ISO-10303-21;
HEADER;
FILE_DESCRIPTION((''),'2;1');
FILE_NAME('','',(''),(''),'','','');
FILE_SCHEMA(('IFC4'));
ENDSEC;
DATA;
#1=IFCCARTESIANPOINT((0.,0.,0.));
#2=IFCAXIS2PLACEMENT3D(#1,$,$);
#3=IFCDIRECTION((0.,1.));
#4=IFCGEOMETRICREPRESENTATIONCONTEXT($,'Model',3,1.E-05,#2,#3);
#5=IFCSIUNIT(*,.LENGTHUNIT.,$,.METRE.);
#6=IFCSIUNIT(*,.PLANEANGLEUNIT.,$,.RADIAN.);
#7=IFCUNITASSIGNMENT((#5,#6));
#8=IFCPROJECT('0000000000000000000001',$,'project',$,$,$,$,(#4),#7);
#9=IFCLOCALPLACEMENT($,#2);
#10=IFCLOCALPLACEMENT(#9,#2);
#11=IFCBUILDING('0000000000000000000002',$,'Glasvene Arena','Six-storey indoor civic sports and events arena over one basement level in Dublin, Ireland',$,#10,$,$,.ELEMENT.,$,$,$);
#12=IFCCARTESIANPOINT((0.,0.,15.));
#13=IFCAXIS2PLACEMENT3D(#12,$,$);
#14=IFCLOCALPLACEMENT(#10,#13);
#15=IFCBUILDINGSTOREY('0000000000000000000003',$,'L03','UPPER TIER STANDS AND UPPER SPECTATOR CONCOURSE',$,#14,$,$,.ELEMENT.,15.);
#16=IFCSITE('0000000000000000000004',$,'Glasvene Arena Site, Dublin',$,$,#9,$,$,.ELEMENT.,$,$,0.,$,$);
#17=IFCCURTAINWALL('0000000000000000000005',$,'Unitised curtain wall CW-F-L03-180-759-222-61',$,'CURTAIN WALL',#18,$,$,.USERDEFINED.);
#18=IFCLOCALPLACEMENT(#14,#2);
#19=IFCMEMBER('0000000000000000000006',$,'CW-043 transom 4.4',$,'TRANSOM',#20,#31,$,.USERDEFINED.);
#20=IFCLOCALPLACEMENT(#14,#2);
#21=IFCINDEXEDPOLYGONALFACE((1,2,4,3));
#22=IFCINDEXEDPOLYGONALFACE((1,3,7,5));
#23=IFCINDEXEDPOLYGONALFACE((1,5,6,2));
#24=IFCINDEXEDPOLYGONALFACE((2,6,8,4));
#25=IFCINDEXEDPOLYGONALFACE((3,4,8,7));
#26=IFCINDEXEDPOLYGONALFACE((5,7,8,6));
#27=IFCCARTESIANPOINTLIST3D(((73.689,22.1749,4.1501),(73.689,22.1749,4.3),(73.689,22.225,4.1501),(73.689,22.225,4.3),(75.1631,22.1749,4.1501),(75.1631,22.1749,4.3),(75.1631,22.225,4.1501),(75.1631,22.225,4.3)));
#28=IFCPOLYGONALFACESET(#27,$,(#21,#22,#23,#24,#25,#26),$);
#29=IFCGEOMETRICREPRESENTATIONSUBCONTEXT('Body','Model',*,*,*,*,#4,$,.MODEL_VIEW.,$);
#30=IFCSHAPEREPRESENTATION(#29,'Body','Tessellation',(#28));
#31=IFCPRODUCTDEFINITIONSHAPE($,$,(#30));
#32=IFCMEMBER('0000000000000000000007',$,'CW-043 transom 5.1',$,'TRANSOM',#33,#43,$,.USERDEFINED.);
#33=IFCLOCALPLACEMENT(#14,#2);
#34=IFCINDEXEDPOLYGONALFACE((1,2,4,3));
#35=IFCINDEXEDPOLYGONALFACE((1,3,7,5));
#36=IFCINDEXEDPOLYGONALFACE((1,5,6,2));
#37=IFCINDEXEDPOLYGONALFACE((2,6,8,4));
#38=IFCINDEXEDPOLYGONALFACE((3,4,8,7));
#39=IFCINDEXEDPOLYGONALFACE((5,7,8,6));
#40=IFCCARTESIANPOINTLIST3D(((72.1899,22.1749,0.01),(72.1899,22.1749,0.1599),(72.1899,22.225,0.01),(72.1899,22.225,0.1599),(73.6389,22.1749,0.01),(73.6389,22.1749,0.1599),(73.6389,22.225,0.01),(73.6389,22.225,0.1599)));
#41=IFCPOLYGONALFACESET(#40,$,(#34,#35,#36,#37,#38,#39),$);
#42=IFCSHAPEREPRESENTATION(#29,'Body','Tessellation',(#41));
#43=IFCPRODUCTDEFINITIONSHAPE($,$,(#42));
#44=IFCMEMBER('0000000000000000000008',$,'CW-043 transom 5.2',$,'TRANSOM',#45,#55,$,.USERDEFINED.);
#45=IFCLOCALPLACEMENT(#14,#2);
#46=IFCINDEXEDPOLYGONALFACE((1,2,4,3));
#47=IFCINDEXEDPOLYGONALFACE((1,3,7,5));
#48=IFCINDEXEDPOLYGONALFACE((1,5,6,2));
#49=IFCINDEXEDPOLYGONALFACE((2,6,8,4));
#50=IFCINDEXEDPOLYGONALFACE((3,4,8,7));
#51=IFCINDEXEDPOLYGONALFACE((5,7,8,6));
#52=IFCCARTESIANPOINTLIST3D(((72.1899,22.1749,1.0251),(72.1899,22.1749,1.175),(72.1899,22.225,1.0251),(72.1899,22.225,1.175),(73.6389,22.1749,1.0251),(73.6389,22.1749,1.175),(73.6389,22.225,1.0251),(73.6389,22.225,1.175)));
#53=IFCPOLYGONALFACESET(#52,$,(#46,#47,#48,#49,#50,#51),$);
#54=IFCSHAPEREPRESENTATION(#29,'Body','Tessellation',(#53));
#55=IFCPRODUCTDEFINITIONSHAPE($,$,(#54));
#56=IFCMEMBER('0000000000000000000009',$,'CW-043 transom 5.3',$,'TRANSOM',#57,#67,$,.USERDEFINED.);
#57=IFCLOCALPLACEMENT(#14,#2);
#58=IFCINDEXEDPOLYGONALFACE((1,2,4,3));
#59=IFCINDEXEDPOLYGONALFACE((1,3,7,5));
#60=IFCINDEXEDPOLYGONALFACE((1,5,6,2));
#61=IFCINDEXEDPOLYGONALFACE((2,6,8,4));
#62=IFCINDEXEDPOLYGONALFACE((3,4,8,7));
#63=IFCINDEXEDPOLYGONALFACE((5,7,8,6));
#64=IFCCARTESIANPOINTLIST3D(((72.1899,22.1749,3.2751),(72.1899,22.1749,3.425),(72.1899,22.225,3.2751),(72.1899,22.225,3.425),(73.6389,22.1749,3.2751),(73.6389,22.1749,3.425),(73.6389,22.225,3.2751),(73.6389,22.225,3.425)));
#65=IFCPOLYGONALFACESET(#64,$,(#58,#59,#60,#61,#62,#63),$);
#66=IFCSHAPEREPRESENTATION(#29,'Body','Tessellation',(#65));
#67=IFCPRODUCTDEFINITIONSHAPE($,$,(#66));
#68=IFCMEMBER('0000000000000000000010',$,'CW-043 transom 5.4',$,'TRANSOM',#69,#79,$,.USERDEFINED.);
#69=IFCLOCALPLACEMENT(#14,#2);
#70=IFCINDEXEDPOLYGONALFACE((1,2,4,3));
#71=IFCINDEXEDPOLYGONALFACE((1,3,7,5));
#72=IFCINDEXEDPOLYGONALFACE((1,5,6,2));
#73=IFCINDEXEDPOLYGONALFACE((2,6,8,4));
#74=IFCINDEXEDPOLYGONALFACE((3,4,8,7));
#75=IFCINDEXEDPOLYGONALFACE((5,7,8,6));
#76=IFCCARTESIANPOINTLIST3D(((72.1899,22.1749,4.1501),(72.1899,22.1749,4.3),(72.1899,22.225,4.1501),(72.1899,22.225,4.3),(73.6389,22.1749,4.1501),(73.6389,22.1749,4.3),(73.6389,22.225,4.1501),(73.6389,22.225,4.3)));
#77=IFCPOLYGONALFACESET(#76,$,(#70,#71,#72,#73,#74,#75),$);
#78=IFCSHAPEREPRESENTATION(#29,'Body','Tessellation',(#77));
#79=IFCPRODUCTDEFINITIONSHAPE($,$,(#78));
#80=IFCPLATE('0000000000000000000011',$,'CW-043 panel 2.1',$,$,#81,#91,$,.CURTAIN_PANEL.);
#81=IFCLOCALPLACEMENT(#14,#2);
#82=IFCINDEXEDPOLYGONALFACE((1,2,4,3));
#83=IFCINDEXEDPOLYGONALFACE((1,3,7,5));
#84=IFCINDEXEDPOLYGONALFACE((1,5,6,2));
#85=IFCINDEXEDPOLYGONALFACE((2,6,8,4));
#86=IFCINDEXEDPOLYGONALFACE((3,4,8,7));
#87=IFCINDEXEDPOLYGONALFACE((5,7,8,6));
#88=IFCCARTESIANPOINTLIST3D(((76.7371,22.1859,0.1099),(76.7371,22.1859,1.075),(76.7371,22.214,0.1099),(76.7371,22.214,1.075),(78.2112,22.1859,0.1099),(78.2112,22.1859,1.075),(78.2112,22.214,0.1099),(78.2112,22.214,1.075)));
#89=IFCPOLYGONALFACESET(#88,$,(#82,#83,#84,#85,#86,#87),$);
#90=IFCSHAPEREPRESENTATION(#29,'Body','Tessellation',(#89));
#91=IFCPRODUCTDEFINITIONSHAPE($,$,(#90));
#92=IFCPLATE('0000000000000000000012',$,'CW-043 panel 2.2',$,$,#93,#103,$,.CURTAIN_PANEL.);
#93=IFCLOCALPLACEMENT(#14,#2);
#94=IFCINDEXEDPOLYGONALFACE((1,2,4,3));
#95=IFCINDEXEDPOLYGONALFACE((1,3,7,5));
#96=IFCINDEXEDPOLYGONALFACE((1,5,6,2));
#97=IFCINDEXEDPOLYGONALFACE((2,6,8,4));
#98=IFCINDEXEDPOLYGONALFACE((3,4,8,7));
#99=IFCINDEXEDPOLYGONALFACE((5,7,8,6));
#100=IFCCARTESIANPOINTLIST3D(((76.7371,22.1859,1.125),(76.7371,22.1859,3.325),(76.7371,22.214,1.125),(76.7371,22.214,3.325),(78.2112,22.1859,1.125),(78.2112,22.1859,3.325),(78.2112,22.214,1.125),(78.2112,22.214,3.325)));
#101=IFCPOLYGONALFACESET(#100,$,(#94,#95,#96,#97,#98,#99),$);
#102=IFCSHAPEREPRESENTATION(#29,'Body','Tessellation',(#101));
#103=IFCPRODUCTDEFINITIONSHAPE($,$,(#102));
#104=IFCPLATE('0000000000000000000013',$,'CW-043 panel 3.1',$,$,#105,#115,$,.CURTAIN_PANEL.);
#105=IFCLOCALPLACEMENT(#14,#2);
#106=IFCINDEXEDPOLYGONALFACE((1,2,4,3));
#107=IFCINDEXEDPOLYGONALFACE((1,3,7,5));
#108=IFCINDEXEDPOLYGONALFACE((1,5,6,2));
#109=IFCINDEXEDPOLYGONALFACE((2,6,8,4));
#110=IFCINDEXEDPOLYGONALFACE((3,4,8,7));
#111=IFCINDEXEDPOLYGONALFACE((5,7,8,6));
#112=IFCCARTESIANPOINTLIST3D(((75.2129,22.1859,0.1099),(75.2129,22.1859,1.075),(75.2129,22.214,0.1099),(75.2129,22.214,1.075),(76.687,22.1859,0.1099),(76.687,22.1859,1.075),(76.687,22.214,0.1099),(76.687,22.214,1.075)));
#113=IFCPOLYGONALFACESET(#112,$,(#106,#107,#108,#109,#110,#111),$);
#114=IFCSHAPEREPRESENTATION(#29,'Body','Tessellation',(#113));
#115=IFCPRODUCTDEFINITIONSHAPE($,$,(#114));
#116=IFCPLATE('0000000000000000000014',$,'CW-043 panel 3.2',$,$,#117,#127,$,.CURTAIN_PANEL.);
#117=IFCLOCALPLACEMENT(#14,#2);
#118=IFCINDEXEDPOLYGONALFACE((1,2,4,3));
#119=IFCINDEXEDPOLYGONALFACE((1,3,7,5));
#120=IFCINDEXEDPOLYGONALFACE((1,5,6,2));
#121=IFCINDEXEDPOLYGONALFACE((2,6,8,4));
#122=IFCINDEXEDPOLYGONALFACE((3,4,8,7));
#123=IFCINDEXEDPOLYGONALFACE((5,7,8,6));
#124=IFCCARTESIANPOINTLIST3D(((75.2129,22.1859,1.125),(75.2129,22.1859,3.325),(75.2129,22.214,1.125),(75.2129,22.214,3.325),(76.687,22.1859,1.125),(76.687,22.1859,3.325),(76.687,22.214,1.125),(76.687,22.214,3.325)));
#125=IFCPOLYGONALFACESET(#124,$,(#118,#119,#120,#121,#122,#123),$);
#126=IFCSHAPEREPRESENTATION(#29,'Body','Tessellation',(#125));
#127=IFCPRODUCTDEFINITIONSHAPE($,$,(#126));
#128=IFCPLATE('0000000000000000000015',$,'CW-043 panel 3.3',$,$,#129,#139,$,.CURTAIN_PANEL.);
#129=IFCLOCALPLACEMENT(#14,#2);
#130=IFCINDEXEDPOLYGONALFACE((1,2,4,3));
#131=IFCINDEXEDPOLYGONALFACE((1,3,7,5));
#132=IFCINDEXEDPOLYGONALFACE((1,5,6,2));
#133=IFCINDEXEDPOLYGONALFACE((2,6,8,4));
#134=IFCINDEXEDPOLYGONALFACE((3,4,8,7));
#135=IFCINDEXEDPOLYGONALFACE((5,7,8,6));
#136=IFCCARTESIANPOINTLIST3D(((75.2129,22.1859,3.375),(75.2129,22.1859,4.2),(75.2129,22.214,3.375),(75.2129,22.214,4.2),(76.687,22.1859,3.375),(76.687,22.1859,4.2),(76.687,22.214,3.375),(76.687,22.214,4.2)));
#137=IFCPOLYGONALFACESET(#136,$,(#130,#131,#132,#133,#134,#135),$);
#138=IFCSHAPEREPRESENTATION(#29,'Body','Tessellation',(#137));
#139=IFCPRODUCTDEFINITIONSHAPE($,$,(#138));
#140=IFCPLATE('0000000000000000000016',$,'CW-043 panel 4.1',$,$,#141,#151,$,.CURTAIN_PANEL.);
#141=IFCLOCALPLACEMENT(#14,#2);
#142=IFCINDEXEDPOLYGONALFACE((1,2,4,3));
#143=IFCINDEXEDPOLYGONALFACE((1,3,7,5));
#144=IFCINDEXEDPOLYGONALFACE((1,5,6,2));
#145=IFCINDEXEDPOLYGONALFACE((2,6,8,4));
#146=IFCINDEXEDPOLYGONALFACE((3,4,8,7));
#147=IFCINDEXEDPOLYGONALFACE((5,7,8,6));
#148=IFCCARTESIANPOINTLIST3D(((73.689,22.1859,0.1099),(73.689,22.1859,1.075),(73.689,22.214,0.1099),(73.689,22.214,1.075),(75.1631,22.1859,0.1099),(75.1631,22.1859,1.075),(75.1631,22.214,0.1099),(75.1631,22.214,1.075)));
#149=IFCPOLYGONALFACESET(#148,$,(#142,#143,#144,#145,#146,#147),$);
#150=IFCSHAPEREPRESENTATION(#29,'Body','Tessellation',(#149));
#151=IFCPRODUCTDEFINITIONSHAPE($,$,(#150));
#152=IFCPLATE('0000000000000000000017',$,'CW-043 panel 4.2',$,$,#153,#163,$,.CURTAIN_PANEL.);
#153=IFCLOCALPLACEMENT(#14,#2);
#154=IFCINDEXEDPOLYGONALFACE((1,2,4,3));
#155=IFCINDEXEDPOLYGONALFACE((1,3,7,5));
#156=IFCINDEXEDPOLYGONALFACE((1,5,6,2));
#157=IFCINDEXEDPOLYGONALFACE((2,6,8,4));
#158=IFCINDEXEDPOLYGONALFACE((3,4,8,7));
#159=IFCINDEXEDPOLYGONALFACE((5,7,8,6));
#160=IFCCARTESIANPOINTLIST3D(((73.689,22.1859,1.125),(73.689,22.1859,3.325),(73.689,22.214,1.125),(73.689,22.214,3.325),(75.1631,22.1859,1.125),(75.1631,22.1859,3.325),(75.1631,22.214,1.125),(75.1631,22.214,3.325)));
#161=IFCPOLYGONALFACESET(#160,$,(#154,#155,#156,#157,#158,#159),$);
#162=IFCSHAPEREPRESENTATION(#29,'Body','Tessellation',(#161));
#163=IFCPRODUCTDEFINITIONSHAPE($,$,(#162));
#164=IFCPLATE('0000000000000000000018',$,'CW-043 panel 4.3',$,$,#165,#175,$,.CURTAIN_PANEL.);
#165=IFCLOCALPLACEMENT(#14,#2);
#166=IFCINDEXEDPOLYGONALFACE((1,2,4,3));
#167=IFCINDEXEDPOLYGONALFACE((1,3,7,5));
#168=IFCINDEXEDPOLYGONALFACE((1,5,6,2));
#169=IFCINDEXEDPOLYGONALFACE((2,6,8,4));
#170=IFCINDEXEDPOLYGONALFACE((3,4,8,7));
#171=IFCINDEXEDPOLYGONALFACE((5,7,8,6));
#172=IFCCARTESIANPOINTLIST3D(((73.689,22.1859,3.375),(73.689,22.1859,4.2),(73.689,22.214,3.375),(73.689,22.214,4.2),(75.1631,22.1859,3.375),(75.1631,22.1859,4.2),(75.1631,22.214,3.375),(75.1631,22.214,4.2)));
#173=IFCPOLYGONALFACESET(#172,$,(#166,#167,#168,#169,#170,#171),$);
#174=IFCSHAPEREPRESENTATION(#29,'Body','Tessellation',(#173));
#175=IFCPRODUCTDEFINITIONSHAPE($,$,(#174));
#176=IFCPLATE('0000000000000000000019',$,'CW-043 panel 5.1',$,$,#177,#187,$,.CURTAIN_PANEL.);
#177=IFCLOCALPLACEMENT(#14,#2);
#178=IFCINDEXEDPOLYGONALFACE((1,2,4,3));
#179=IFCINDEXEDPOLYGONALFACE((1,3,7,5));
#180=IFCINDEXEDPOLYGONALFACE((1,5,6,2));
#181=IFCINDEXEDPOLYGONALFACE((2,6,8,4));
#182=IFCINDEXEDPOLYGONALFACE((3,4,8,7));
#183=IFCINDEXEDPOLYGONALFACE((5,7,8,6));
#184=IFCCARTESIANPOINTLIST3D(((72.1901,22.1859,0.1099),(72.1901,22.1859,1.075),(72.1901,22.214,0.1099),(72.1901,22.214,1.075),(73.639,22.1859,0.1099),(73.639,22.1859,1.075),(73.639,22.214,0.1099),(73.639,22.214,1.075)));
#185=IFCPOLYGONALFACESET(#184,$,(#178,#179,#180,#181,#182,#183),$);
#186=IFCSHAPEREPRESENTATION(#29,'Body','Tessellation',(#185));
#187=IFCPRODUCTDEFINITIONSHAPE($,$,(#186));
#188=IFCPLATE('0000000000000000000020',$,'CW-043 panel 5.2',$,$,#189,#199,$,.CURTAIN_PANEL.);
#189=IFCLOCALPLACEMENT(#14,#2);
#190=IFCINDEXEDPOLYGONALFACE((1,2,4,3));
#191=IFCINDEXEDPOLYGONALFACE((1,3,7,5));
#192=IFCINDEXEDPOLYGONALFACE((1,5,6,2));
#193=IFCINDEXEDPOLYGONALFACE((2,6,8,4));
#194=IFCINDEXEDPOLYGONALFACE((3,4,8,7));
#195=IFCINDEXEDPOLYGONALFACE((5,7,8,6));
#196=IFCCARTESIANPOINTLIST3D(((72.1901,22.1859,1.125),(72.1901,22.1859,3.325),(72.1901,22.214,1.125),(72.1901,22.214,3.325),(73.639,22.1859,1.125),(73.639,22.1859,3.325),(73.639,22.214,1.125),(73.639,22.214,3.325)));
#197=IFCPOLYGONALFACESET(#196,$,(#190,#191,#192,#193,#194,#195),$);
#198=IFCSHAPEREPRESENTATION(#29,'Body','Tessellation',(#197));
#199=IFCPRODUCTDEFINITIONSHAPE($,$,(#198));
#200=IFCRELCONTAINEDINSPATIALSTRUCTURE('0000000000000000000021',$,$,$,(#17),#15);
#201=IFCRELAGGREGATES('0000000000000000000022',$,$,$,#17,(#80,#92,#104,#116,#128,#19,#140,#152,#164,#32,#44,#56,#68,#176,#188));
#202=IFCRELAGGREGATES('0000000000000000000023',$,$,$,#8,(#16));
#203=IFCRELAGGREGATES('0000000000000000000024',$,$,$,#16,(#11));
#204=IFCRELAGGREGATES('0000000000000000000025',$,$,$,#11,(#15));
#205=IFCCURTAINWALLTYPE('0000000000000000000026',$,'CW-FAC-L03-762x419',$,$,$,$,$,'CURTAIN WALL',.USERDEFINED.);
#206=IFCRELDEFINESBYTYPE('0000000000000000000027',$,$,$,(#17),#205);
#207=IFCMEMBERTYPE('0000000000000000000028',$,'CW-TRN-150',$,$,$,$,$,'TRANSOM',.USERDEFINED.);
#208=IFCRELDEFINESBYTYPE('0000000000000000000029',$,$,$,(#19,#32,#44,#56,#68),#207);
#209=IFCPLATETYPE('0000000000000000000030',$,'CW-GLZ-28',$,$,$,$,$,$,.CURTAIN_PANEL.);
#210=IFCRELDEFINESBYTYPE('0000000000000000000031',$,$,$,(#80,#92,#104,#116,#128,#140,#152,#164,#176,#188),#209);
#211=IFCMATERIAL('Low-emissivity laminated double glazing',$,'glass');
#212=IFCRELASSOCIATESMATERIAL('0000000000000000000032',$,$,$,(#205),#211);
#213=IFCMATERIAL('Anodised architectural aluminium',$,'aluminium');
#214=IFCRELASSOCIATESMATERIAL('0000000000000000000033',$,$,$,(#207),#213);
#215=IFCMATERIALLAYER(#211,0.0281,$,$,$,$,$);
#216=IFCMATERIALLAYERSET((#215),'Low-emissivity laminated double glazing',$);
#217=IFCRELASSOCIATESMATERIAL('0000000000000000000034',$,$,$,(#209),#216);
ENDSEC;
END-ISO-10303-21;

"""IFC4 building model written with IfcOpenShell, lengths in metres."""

from ifc_helpers import new_model, si_unit, direction, frame, origin, origin_2d, place, context, subcontext, project, spatial, rectangle, extrude, material, layer, layer_set, material_profile, profile_set, type_object, element, aggregate, save


model = new_model("IFC4")

# Units and contexts
model_context = context("Model", 3, precision=1e-05, world=origin(), true_north=direction((0.0, 1.0)))
body_context = subcontext(model_context, "Body", "Model", "MODEL_VIEW")
ifc_project = project(units=[si_unit("LENGTHUNIT", "METRE"), si_unit("PLANEANGLEUNIT", "RADIAN")], contexts=[model_context])

# Site, building, storey
site_placement = place(None, origin())
site = spatial("IfcSite", under=ifc_project, at=site_placement, Name="Glasvene Arena Site, Dublin", CompositionType="ELEMENT", RefElevation=0.0)
building_placement = place(site_placement, origin())
building = spatial("IfcBuilding", under=site, at=building_placement, Name="Glasvene Arena", Description="Six-storey indoor civic sports and events arena over one basement level in Dublin, Ireland", CompositionType="ELEMENT")
storey_placement = place(building_placement, frame((0.0, 0.0, 15.0)))
storey = spatial("IfcBuildingStorey", under=building, at=storey_placement, Name="L03", Description="UPPER TIER STANDS AND UPPER SPECTATOR CONCOURSE", CompositionType="ELEMENT", Elevation=15.0)

# Curtain wall, members, plates
ifc_material_1 = material(Name="Low-emissivity laminated double glazing", Category="glass")
curtain_wall_type = type_object("IfcCurtainWallType", Name="CW-FAC-L03-762x419", ElementType="CURTAIN WALL", PredefinedType="USERDEFINED", material=ifc_material_1)
curtain_wall_placement = place(storey_placement, frame((79.76, 22.2, 0.0)))
curtain_wall = element("IfcCurtainWall", 1, at=curtain_wall_placement, inside=storey, type_object=curtain_wall_type, Name="Unitised curtain wall CW-F-L03-180-759-222-61", ObjectType="CURTAIN WALL", PredefinedType="USERDEFINED")
ifc_material_2 = material(Name="Anodised architectural aluminium", Category="aluminium")
ifc_material_profile_1 = material_profile(ifc_material_2, rectangle(XDim=0.05, YDim=0.1499, at=origin_2d()), Name="ALU TRANSOM 50x150")
ifc_profile_set_1 = profile_set([ifc_material_profile_1], Name="Anodised architectural aluminium")
member_type_1 = type_object("IfcMemberType", Name="CW-TRN-150", ElementType="TRANSOM", PredefinedType="USERDEFINED", material=ifc_profile_set_1)
member_1_placement = place(storey_placement, frame((75.1631, 22.2, 4.2251), z_axis=(-1.0, 0.0, 0.0), x_axis=(0.0, -1.0, 0.0)))
member_1 = element("IfcMember", 2, at=member_1_placement, type_object=member_type_1, Name="CW-043 transom 4.4", ObjectType="TRANSOM", PredefinedType="USERDEFINED", context=body_context, shape_type="SweptSolid", body=[
    extrude(rectangle(XDim=0.05, YDim=0.1499, at=origin_2d()), origin(), (0.0, 0.0, 1.0), 1.4741),
])
member_2_placement = place(storey_placement, frame((73.6389, 22.2, 0.085), z_axis=(-1.0, 0.0, 0.0), x_axis=(0.0, -1.0, 0.0)))
member_2 = element("IfcMember", 3, at=member_2_placement, type_object=member_type_1, Name="CW-043 transom 5.1", ObjectType="TRANSOM", PredefinedType="USERDEFINED", context=body_context, shape_type="SweptSolid", body=[
    extrude(rectangle(XDim=0.05, YDim=0.1499, at=origin_2d()), origin(), (0.0, 0.0, 1.0), 1.449),
])
member_3_placement = place(storey_placement, frame((73.6389, 22.2, 1.1001), z_axis=(-1.0, 0.0, 0.0), x_axis=(0.0, -1.0, 0.0)))
member_3 = element("IfcMember", 4, at=member_3_placement, type_object=member_type_1, Name="CW-043 transom 5.2", ObjectType="TRANSOM", PredefinedType="USERDEFINED", context=body_context, shape_type="SweptSolid", body=[
    extrude(rectangle(XDim=0.05, YDim=0.1499, at=origin_2d()), origin(), (0.0, 0.0, 1.0), 1.449),
])
member_4_placement = place(storey_placement, frame((73.6389, 22.2, 3.3501), z_axis=(-1.0, 0.0, 0.0), x_axis=(0.0, -1.0, 0.0)))
member_4 = element("IfcMember", 5, at=member_4_placement, type_object=member_type_1, Name="CW-043 transom 5.3", ObjectType="TRANSOM", PredefinedType="USERDEFINED", context=body_context, shape_type="SweptSolid", body=[
    extrude(rectangle(XDim=0.05, YDim=0.1499, at=origin_2d()), origin(), (0.0, 0.0, 1.0), 1.449),
])
member_5_placement = place(storey_placement, frame((73.6389, 22.2, 4.2251), z_axis=(-1.0, 0.0, 0.0), x_axis=(0.0, -1.0, 0.0)))
member_5 = element("IfcMember", 6, at=member_5_placement, type_object=member_type_1, Name="CW-043 transom 5.4", ObjectType="TRANSOM", PredefinedType="USERDEFINED", context=body_context, shape_type="SweptSolid", body=[
    extrude(rectangle(XDim=0.05, YDim=0.1499, at=origin_2d()), origin(), (0.0, 0.0, 1.0), 1.449),
])
ifc_layer_1 = layer(ifc_material_1, 0.0281)
ifc_layer_set_1 = layer_set([ifc_layer_1], Name="Low-emissivity laminated double glazing")
plate_type = type_object("IfcPlateType", Name="CW-GLZ-28", PredefinedType="CURTAIN_PANEL", material=ifc_layer_set_1)
plate_1_placement = place(storey_placement, frame((77.4741, 22.2, 0.1099), z_axis=(0.0, 0.0, 1.0), x_axis=(-1.0, 0.0, 0.0)))
plate_1 = element("IfcPlate", 7, at=plate_1_placement, type_object=plate_type, Name="CW-043 panel 2.1", PredefinedType="CURTAIN_PANEL", context=body_context, shape_type="SweptSolid", body=[
    extrude(rectangle(XDim=1.4741, YDim=0.0281, at=origin_2d()), origin(), (0.0, 0.0, 1.0), 0.9651),
])
plate_2_placement = place(storey_placement, frame((77.4741, 22.2, 1.125), z_axis=(0.0, 0.0, 1.0), x_axis=(-1.0, 0.0, 0.0)))
plate_2 = element("IfcPlate", 8, at=plate_2_placement, type_object=plate_type, Name="CW-043 panel 2.2", PredefinedType="CURTAIN_PANEL", context=body_context, shape_type="SweptSolid", body=[
    extrude(rectangle(XDim=1.4741, YDim=0.0281, at=origin_2d()), origin(), (0.0, 0.0, 1.0), 2.2),
])
plate_3_placement = place(storey_placement, frame((75.95, 22.2, 0.1099), z_axis=(0.0, 0.0, 1.0), x_axis=(-1.0, 0.0, 0.0)))
plate_3 = element("IfcPlate", 9, at=plate_3_placement, type_object=plate_type, Name="CW-043 panel 3.1", PredefinedType="CURTAIN_PANEL", context=body_context, shape_type="SweptSolid", body=[
    extrude(rectangle(XDim=1.4741, YDim=0.0281, at=origin_2d()), origin(), (0.0, 0.0, 1.0), 0.9651),
])
plate_4_placement = place(storey_placement, frame((75.95, 22.2, 1.125), z_axis=(0.0, 0.0, 1.0), x_axis=(-1.0, 0.0, 0.0)))
plate_4 = element("IfcPlate", 10, at=plate_4_placement, type_object=plate_type, Name="CW-043 panel 3.2", PredefinedType="CURTAIN_PANEL", context=body_context, shape_type="SweptSolid", body=[
    extrude(rectangle(XDim=1.4741, YDim=0.0281, at=origin_2d()), origin(), (0.0, 0.0, 1.0), 2.2),
])
plate_5_placement = place(storey_placement, frame((75.95, 22.2, 3.375), z_axis=(0.0, 0.0, 1.0), x_axis=(-1.0, 0.0, 0.0)))
plate_5 = element("IfcPlate", 11, at=plate_5_placement, type_object=plate_type, Name="CW-043 panel 3.3", PredefinedType="CURTAIN_PANEL", context=body_context, shape_type="SweptSolid", body=[
    extrude(rectangle(XDim=1.4741, YDim=0.0281, at=origin_2d()), origin(), (0.0, 0.0, 1.0), 0.825),
])
plate_6_placement = place(storey_placement, frame((74.426, 22.2, 0.1099), z_axis=(0.0, 0.0, 1.0), x_axis=(-1.0, 0.0, 0.0)))
plate_6 = element("IfcPlate", 12, at=plate_6_placement, type_object=plate_type, Name="CW-043 panel 4.1", PredefinedType="CURTAIN_PANEL", context=body_context, shape_type="SweptSolid", body=[
    extrude(rectangle(XDim=1.4741, YDim=0.0281, at=origin_2d()), origin(), (0.0, 0.0, 1.0), 0.9651),
])
plate_7_placement = place(storey_placement, frame((74.426, 22.2, 1.125), z_axis=(0.0, 0.0, 1.0), x_axis=(-1.0, 0.0, 0.0)))
plate_7 = element("IfcPlate", 13, at=plate_7_placement, type_object=plate_type, Name="CW-043 panel 4.2", PredefinedType="CURTAIN_PANEL", context=body_context, shape_type="SweptSolid", body=[
    extrude(rectangle(XDim=1.4741, YDim=0.0281, at=origin_2d()), origin(), (0.0, 0.0, 1.0), 2.2),
])
plate_8_placement = place(storey_placement, frame((74.426, 22.2, 3.375), z_axis=(0.0, 0.0, 1.0), x_axis=(-1.0, 0.0, 0.0)))
plate_8 = element("IfcPlate", 14, at=plate_8_placement, type_object=plate_type, Name="CW-043 panel 4.3", PredefinedType="CURTAIN_PANEL", context=body_context, shape_type="SweptSolid", body=[
    extrude(rectangle(XDim=1.4741, YDim=0.0281, at=origin_2d()), origin(), (0.0, 0.0, 1.0), 0.825),
])
plate_9_placement = place(storey_placement, frame((72.9146, 22.2, 0.1099), z_axis=(0.0, 0.0, 1.0), x_axis=(-1.0, 0.0, 0.0)))
plate_9 = element("IfcPlate", 15, at=plate_9_placement, type_object=plate_type, Name="CW-043 panel 5.1", PredefinedType="CURTAIN_PANEL", context=body_context, shape_type="SweptSolid", body=[
    extrude(rectangle(XDim=1.449, YDim=0.0281, at=origin_2d()), origin(), (0.0, 0.0, 1.0), 0.9651),
])
plate_10_placement = place(storey_placement, frame((72.9146, 22.2, 1.125), z_axis=(0.0, 0.0, 1.0), x_axis=(-1.0, 0.0, 0.0)))
plate_10 = element("IfcPlate", 16, at=plate_10_placement, type_object=plate_type, Name="CW-043 panel 5.2", PredefinedType="CURTAIN_PANEL", context=body_context, shape_type="SweptSolid", body=[
    extrude(rectangle(XDim=1.449, YDim=0.0281, at=origin_2d()), origin(), (0.0, 0.0, 1.0), 2.2),
])
aggregate(curtain_wall, [plate_1, plate_2, plate_3, plate_4, plate_5, member_1, plate_6, plate_7, plate_8, member_2, member_3, member_4, member_5, plate_9, plate_10])

save(model, "model.ifc")
